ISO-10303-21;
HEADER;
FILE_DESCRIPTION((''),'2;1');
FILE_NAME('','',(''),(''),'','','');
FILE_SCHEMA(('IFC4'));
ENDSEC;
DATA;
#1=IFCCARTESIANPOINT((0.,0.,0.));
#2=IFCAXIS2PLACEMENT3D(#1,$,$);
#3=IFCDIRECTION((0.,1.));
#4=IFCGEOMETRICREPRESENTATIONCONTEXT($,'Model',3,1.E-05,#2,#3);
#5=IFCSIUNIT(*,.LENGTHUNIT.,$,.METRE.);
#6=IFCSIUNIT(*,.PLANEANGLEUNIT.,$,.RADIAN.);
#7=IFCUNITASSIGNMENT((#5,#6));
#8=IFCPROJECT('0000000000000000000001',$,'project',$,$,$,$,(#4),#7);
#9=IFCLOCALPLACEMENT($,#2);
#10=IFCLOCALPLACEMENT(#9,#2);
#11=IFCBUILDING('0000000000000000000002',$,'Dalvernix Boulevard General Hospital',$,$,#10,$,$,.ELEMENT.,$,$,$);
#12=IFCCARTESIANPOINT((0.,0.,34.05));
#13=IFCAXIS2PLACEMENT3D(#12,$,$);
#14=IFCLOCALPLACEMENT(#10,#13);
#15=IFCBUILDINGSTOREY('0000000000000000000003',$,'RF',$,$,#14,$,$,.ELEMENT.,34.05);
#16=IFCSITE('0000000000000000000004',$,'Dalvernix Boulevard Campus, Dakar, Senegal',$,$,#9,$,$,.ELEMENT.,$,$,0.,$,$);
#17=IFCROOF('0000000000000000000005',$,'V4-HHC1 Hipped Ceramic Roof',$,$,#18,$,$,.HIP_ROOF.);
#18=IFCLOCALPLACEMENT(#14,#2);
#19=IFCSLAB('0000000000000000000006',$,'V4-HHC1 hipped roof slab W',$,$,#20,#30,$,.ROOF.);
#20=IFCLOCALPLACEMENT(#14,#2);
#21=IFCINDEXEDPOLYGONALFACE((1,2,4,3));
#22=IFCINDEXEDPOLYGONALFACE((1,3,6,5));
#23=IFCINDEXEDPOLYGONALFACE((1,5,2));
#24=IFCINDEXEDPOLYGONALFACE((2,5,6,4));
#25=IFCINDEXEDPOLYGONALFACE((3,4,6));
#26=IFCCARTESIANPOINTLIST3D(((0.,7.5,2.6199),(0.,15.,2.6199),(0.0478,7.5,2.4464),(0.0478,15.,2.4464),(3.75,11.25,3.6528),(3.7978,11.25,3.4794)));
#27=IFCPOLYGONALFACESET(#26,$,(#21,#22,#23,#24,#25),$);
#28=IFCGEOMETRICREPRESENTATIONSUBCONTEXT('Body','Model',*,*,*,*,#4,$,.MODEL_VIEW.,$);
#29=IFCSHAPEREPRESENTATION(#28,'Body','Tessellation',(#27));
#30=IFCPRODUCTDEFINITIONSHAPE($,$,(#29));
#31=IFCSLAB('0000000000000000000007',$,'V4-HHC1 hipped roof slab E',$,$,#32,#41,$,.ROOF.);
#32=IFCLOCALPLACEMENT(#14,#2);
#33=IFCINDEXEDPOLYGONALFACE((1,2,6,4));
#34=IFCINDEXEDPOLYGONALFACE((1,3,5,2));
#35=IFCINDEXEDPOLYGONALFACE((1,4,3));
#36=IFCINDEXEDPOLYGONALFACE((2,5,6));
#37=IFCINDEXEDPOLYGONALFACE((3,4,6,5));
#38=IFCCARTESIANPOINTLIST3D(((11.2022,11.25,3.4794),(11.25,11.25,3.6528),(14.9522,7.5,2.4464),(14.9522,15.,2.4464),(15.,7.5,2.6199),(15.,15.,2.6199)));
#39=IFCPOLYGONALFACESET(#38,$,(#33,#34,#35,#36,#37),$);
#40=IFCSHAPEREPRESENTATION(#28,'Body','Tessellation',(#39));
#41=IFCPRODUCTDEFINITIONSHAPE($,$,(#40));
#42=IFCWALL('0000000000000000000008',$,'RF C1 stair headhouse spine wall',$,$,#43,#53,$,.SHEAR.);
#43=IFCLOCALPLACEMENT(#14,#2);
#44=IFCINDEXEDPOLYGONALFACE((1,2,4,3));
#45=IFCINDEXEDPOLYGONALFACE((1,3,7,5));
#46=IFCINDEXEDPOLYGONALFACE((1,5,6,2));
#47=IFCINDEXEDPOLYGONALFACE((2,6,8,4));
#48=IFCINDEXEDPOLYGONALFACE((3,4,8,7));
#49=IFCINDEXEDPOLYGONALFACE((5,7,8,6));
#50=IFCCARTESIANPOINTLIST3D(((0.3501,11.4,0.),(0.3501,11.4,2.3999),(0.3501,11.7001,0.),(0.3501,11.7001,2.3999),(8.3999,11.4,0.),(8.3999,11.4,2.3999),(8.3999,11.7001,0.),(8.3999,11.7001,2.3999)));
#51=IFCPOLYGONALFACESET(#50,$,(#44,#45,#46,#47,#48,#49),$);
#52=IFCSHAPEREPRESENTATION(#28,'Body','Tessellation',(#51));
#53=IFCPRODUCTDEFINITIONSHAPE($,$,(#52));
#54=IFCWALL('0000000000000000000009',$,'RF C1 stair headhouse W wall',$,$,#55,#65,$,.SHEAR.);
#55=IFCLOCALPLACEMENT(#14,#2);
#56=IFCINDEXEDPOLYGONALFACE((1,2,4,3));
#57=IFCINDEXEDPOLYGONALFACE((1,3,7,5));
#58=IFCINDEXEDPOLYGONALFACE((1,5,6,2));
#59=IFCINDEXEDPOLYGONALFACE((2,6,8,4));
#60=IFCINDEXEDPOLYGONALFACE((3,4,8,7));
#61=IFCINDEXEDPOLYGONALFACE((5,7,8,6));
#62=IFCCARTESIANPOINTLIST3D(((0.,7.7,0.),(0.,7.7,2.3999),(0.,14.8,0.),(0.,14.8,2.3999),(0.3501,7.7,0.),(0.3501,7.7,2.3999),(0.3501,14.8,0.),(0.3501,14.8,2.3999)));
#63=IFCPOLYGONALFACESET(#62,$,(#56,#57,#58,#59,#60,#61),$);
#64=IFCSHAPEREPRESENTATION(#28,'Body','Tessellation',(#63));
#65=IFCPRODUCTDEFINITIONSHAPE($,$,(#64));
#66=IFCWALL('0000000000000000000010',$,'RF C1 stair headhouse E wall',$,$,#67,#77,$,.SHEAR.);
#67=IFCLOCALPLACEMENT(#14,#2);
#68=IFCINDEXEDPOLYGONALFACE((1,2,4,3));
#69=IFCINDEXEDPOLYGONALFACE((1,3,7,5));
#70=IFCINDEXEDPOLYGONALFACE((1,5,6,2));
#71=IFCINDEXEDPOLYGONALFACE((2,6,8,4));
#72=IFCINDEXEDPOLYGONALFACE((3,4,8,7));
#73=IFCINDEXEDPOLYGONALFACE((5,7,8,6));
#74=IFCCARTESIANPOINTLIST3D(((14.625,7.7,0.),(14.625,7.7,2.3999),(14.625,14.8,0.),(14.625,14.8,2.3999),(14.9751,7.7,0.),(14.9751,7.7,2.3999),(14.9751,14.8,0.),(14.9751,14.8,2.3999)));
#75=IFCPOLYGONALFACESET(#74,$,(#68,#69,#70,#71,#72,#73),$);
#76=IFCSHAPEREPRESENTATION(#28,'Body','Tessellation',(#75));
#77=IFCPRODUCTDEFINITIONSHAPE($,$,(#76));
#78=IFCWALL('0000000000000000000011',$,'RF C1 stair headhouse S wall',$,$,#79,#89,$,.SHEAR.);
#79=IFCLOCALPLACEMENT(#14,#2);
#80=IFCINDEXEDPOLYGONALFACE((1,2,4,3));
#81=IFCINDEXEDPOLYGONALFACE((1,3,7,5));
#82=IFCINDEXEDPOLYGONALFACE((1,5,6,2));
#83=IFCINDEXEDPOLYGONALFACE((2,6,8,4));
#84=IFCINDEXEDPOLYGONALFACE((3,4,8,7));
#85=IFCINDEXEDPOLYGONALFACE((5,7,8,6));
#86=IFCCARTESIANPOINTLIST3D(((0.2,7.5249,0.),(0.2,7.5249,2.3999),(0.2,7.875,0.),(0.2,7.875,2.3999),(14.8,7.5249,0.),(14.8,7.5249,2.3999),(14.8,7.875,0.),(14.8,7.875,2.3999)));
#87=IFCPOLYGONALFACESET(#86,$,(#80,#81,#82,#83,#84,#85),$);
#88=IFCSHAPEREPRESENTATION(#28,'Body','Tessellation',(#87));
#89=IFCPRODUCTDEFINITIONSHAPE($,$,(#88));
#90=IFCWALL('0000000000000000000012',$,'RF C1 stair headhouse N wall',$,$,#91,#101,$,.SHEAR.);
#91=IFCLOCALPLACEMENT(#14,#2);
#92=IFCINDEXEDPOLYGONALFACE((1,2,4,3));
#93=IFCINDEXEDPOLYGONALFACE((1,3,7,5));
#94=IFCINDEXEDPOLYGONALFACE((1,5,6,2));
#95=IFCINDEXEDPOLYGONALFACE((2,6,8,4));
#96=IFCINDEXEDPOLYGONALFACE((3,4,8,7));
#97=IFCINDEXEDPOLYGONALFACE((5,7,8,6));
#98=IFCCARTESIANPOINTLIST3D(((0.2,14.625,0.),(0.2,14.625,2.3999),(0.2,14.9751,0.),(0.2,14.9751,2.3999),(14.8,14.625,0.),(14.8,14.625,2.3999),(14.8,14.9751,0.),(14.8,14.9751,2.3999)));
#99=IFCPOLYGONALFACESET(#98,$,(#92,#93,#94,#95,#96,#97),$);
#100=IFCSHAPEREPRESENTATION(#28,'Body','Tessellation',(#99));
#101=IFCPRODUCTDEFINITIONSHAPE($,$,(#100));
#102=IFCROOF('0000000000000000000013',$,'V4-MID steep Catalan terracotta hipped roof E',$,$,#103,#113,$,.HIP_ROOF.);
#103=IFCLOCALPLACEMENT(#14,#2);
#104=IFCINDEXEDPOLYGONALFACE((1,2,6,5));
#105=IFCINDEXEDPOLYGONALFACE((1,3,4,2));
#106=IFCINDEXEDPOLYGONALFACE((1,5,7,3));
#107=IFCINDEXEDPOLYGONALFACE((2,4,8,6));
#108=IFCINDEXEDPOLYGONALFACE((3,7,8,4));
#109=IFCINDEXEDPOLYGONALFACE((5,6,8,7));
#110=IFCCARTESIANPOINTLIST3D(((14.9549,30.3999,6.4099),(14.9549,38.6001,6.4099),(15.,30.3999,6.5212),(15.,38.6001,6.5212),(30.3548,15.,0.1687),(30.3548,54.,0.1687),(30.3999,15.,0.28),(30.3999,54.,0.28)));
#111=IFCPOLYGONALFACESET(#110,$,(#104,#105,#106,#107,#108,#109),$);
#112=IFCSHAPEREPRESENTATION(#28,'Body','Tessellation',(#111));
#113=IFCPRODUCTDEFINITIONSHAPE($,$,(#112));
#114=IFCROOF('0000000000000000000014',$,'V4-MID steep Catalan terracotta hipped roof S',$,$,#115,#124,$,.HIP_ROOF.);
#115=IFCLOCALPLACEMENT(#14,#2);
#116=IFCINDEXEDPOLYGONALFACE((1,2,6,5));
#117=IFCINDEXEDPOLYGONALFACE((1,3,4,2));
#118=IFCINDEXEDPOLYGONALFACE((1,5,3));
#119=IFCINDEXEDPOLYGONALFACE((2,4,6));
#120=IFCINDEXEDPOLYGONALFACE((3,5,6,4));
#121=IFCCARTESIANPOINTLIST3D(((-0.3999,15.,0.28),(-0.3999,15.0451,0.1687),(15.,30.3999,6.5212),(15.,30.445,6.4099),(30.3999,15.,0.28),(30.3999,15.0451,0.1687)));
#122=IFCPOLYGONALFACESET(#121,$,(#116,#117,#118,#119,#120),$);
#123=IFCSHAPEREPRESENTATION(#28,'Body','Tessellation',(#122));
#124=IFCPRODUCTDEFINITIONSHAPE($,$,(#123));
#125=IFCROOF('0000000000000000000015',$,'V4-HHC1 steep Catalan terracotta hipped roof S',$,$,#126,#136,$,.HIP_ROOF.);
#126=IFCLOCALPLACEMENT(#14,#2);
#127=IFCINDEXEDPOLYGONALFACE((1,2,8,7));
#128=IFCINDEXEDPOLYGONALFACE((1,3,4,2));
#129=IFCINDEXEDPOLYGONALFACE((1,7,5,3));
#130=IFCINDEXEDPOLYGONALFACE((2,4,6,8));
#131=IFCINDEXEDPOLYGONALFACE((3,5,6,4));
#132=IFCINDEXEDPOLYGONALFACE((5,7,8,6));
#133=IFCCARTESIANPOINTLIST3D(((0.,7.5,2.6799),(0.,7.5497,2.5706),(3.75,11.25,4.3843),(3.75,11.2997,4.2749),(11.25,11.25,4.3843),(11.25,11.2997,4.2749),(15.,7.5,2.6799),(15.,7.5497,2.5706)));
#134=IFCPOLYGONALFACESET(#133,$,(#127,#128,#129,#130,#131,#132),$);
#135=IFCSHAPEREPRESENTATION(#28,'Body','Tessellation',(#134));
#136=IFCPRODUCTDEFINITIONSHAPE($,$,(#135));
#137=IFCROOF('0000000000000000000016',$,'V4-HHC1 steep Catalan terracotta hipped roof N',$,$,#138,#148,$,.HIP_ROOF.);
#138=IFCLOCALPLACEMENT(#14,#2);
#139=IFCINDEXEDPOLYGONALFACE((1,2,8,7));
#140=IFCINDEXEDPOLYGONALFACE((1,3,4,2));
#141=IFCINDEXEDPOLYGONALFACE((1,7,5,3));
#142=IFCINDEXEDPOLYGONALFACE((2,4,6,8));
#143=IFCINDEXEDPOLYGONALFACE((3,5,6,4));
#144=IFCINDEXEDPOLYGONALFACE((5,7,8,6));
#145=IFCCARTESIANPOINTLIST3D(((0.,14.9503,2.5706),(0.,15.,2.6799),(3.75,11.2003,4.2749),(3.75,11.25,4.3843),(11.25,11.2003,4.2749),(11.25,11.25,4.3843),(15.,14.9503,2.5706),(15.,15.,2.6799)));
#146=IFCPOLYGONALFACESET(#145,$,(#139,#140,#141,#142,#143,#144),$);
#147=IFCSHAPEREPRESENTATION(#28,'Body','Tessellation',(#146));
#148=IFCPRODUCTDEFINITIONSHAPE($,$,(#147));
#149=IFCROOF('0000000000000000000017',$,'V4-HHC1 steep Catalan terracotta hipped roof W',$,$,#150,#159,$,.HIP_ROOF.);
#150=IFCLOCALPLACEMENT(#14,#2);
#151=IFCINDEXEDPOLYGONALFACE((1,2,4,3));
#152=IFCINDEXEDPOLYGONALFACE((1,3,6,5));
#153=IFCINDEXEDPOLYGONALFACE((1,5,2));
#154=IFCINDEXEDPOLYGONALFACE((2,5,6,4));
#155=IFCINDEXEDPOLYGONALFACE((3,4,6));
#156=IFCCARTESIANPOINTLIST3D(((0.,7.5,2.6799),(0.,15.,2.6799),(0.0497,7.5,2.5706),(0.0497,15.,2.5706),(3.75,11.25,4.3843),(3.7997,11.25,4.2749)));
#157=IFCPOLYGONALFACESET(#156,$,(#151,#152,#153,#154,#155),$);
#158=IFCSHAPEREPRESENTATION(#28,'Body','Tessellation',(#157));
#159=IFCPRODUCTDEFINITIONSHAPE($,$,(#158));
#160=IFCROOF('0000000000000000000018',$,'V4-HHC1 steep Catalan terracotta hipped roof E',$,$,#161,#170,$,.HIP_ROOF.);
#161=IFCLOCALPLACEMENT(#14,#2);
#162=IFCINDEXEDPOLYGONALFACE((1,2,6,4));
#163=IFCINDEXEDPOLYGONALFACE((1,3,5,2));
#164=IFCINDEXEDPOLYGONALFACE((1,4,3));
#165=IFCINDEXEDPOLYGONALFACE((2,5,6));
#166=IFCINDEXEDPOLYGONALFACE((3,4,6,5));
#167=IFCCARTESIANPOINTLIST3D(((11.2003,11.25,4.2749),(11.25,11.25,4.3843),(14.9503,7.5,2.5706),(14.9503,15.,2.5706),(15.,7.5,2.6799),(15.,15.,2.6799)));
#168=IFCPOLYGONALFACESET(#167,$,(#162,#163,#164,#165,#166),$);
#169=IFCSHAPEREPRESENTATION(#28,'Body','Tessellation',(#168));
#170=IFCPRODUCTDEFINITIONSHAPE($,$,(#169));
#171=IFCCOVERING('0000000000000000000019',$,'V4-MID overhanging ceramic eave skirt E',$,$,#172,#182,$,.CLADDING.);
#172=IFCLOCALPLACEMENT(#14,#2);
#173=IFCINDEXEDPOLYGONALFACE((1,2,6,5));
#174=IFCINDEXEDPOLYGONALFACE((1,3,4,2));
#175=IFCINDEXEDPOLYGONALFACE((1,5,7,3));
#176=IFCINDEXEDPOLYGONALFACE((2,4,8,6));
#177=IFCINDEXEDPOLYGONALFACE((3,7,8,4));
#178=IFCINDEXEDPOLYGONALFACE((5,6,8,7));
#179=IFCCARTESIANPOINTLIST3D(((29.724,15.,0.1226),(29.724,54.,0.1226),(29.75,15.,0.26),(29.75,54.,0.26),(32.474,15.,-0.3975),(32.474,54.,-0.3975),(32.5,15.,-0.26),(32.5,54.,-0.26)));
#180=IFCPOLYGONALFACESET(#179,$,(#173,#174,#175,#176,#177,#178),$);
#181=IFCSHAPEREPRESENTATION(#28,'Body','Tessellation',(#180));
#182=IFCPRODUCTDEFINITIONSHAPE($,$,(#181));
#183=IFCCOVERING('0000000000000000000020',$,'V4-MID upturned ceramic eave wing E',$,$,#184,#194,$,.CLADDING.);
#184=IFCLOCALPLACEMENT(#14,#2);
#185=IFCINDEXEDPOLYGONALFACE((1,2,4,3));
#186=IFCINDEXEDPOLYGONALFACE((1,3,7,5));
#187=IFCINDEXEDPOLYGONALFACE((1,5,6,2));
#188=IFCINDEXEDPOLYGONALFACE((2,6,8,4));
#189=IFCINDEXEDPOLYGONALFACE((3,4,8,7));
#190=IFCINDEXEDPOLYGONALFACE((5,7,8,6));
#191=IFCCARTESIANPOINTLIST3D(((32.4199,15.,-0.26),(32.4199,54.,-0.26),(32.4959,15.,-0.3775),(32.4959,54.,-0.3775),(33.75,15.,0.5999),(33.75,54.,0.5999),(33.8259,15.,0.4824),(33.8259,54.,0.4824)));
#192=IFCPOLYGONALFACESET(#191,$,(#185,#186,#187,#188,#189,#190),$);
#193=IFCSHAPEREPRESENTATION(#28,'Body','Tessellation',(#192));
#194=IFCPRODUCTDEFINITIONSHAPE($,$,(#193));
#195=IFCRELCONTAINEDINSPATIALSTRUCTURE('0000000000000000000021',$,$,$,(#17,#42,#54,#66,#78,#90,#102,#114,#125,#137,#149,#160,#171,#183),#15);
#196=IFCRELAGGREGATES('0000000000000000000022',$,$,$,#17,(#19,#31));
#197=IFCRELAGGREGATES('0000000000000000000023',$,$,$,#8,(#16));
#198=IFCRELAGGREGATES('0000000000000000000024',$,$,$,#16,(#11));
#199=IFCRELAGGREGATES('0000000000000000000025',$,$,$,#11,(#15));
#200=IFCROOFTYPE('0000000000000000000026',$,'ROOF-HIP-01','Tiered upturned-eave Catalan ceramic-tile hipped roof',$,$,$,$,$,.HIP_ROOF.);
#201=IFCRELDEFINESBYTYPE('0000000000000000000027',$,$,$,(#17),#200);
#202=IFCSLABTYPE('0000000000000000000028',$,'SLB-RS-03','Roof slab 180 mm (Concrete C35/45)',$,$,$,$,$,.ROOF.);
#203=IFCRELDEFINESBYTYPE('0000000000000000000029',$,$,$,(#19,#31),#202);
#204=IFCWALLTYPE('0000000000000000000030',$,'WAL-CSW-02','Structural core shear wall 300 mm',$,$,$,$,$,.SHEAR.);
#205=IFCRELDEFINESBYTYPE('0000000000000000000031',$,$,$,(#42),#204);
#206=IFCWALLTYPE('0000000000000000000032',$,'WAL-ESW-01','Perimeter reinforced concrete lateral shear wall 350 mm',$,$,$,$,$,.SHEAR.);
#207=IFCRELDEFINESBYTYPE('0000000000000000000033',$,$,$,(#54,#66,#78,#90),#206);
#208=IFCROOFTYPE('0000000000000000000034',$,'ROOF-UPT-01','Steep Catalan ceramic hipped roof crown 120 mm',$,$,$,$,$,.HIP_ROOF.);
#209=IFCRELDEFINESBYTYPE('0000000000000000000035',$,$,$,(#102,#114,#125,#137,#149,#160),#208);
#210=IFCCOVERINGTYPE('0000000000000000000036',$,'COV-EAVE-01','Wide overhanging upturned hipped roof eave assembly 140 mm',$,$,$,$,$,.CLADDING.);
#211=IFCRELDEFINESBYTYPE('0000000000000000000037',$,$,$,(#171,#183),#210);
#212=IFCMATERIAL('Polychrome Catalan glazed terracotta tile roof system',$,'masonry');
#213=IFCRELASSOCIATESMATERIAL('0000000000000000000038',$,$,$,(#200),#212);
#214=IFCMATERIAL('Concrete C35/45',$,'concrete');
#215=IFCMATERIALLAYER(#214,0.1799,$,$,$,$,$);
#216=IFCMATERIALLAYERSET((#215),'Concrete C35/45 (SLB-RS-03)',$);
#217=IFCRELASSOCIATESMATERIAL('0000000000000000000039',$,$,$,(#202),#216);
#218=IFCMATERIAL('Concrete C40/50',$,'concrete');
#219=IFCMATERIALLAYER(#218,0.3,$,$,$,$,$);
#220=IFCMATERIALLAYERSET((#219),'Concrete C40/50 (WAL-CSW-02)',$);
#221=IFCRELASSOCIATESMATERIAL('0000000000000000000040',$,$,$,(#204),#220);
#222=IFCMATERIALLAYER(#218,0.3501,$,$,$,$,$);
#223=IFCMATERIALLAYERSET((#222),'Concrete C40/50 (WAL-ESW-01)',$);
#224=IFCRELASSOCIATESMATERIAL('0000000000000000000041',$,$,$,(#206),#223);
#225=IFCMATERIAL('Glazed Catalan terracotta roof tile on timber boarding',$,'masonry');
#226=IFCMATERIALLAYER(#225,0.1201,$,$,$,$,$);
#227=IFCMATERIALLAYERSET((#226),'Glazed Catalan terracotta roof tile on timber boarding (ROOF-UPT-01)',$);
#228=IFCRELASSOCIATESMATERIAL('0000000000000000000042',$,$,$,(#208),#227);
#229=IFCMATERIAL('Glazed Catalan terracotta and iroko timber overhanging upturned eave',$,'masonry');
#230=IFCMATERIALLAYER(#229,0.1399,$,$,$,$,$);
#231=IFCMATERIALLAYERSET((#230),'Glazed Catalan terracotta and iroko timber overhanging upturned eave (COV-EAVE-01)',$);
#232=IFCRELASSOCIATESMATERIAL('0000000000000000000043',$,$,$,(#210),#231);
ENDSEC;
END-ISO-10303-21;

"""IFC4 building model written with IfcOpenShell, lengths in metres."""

from ifc_helpers import new_model, si_unit, direction, frame, frame_2d, origin, place, context, subcontext, project, spatial, polyline, rectangle, outline, extrude, material, layer, layer_set, type_object, element, aggregate, save


model = new_model("IFC4")

# Units and contexts
model_context = context("Model", 3, precision=1e-05, world=origin(), true_north=direction((0.0, 1.0)))
body_context = subcontext(model_context, "Body", "Model", "MODEL_VIEW")
ifc_project = project(units=[si_unit("LENGTHUNIT", "METRE"), si_unit("PLANEANGLEUNIT", "RADIAN")], contexts=[model_context])

# Site, building, storey
site_placement = place(None, origin())
site = spatial("IfcSite", under=ifc_project, at=site_placement, Name="Dalvernix Boulevard Campus, Dakar, Senegal", CompositionType="ELEMENT", RefElevation=0.0)
building_placement = place(site_placement, origin())
building = spatial("IfcBuilding", under=site, at=building_placement, Name="Dalvernix Boulevard General Hospital", CompositionType="ELEMENT")
storey_placement = place(building_placement, frame((0.0, 0.0, 34.05)))
storey = spatial("IfcBuildingStorey", under=building, at=storey_placement, Name="RF", CompositionType="ELEMENT", Elevation=34.05)

# Shared definitions
ifc_material_1 = material(Name="Concrete C35/45", Category="concrete")

# Roof, slabs
ifc_material_2 = material(Name="Polychrome Catalan glazed terracotta tile roof system", Category="masonry")
roof_type_1 = type_object("IfcRoofType", Name="ROOF-HIP-01", Description="Tiered upturned-eave Catalan ceramic-tile hipped roof", PredefinedType="HIP_ROOF", material=ifc_material_2)
ifc_layer_1 = layer(ifc_material_1, 0.1799)
ifc_layer_set_1 = layer_set([ifc_layer_1], Name="Concrete C35/45 (SLB-RS-03)")
slab_type_1 = type_object("IfcSlabType", Name="SLB-RS-03", Description="Roof slab 180 mm (Concrete C35/45)", PredefinedType="ROOF", material=ifc_layer_set_1)
roof_1_placement = place(storey_placement, origin())
roof_1 = element("IfcRoof", 1, at=roof_1_placement, inside=storey, type_object=roof_type_1, Name="V4-HHC1 Hipped Ceramic Roof", PredefinedType="HIP_ROOF")
slab_1_placement = place(storey_placement, frame((0.0, 15.0, 2.6199), z_axis=(-0.265565, 0.0, 0.964093), x_axis=(0.0, -1.0, 0.0)))
slab_1 = element("IfcSlab", 2, at=slab_1_placement, type_object=slab_type_1, Name="V4-HHC1 hipped roof slab W", PredefinedType="ROOF", context=body_context, shape_type="SweptSolid", body=[
    extrude(outline(polyline([(0.0, 0.0), (7.5, 0.0), (3.75, 3.8897), (0.0, 0.0)])), origin(), (0.0, 0.0, -1.0), 0.1799),
])
slab_2_placement = place(storey_placement, frame((15.0, 7.5, 2.6199), z_axis=(0.265565, 0.0, 0.964093), x_axis=(0.0, 1.0, 0.0)))
slab_2 = element("IfcSlab", 3, at=slab_2_placement, type_object=slab_type_1, Name="V4-HHC1 hipped roof slab E", PredefinedType="ROOF", context=body_context, shape_type="SweptSolid", body=[
    extrude(outline(polyline([(0.0, 0.0), (7.5, 0.0), (3.75, 3.8897), (0.0, 0.0)])), origin(), (0.0, 0.0, -1.0), 0.1799),
])
aggregate(roof_1, [slab_1, slab_2])

# Walls
ifc_material_3 = material(Name="Concrete C40/50", Category="concrete")
ifc_layer_2 = layer(ifc_material_3, 0.3)
ifc_layer_set_2 = layer_set([ifc_layer_2], Name="Concrete C40/50 (WAL-CSW-02)")
wall_type_1 = type_object("IfcWallType", Name="WAL-CSW-02", Description="Structural core shear wall 300 mm", PredefinedType="SHEAR", material=ifc_layer_set_2)
wall_placement = place(storey_placement, frame((0.3501, 11.55, 0.0), z_axis=(0.0, 0.0, 1.0), x_axis=(1.0, 0.0, 0.0)))
element("IfcWall", 4, at=wall_placement, inside=storey, type_object=wall_type_1, Name="RF C1 stair headhouse spine wall", PredefinedType="SHEAR", context=body_context, shape_type="SweptSolid", body=[
    extrude(rectangle(XDim=8.0498, YDim=0.3, at=frame_2d((4.0249, 0.0))), origin(), (0.0, 0.0, 1.0), 2.3999),
])
ifc_layer_3 = layer(ifc_material_3, 0.3501)
ifc_layer_set_3 = layer_set([ifc_layer_3], Name="Concrete C40/50 (WAL-ESW-01)")
wall_type_2 = type_object("IfcWallType", Name="WAL-ESW-01", Description="Perimeter reinforced concrete lateral shear wall 350 mm", PredefinedType="SHEAR", material=ifc_layer_set_3)
for number, where, z_axis, x_axis, name in (
    (5, (0.175, 7.7, 0.0), (0.0, 0.0, 1.0), (0.0, 1.0, 0.0), "RF C1 stair headhouse W wall"),
    (6, (14.8, 7.7, 0.0), (0.0, 0.0, 1.0), (0.0, 1.0, 0.0), "RF C1 stair headhouse E wall"),
):
    element("IfcWall", number, at=place(storey_placement, frame(where, z_axis=z_axis, x_axis=x_axis)), inside=storey, type_object=wall_type_2, Name=name, PredefinedType="SHEAR", context=body_context, shape_type="SweptSolid", body=[
        extrude(rectangle(XDim=7.1001, YDim=0.3501, at=frame_2d((3.55, 0.0))), origin(), (0.0, 0.0, 1.0), 2.3999),
    ])
for number, where, z_axis, x_axis, name in (
    (7, (0.2, 7.7, 0.0), (0.0, 0.0, 1.0), (1.0, 0.0, 0.0), "RF C1 stair headhouse S wall"),
    (8, (0.2, 14.8, 0.0), (0.0, 0.0, 1.0), (1.0, 0.0, 0.0), "RF C1 stair headhouse N wall"),
):
    element("IfcWall", number, at=place(storey_placement, frame(where, z_axis=z_axis, x_axis=x_axis)), inside=storey, type_object=wall_type_2, Name=name, PredefinedType="SHEAR", context=body_context, shape_type="SweptSolid", body=[
        extrude(rectangle(XDim=14.6001, YDim=0.3501, at=frame_2d((7.3, 0.0))), origin(), (0.0, 0.0, 1.0), 2.3999),
    ])

# Roofs
ifc_material_4 = material(Name="Glazed Catalan terracotta roof tile on timber boarding", Category="masonry")
ifc_layer_4 = layer(ifc_material_4, 0.1201)
ifc_layer_set_4 = layer_set([ifc_layer_4], Name="Glazed Catalan terracotta roof tile on timber boarding (ROOF-UPT-01)")
roof_type_2 = type_object("IfcRoofType", Name="ROOF-UPT-01", Description="Steep Catalan ceramic hipped roof crown 120 mm", PredefinedType="HIP_ROOF", material=ifc_layer_set_4)
roof_2_placement = place(storey_placement, frame((30.3999, 15.0, 0.28), z_axis=(0.375602, 0.0, 0.926781), x_axis=(0.0, 1.0, 0.0)))
element("IfcRoof", 9, at=roof_2_placement, inside=storey, type_object=roof_type_2, Name="V4-MID steep Catalan terracotta hipped roof E", PredefinedType="HIP_ROOF", context=body_context, shape_type="SweptSolid", body=[
    extrude(outline(polyline([(0.0, 0.0), (39.0, 0.0), (23.6001, 16.6165), (15.3999, 16.6165), (0.0, 0.0)])), origin(), (0.0, 0.0, -1.0), 0.1201),
])
roof_3_placement = place(storey_placement, frame((-0.3999, 15.0, 0.28), z_axis=(0.0, -0.375602, 0.926781), x_axis=(1.0, 0.0, 0.0)))
element("IfcRoof", 10, at=roof_3_placement, inside=storey, type_object=roof_type_2, Name="V4-MID steep Catalan terracotta hipped roof S", PredefinedType="HIP_ROOF", context=body_context, shape_type="SweptSolid", body=[
    extrude(outline(polyline([(0.0, 0.0), (30.7998, 0.0), (15.3999, 16.6165), (0.0, 0.0)])), origin(), (0.0, 0.0, -1.0), 0.1201),
])
for number, where, z_axis, x_axis, name in (
    (11, (0.0, 7.5, 2.6799), (0.0, -0.413763, 0.910385), (1.0, 0.0, 0.0), "V4-HHC1 steep Catalan terracotta hipped roof S"),
    (12, (15.0, 15.0, 2.6799), (0.0, 0.413763, 0.910385), (-1.0, 0.0, 0.0), "V4-HHC1 steep Catalan terracotta hipped roof N"),
):
    element("IfcRoof", number, at=place(storey_placement, frame(where, z_axis=z_axis, x_axis=x_axis)), inside=storey, type_object=roof_type_2, Name=name, PredefinedType="HIP_ROOF", context=body_context, shape_type="SweptSolid", body=[
        extrude(outline(polyline([(0.0, 0.0), (15.0, 0.0), (11.25, 4.1191), (3.75, 4.1191), (0.0, 0.0)])), origin(), (0.0, 0.0, -1.0), 0.1201),
    ])
for number, where, z_axis, x_axis, name in (
    (13, (0.0, 15.0, 2.6799), (-0.413763, 0.0, 0.910385), (0.0, -1.0, 0.0), "V4-HHC1 steep Catalan terracotta hipped roof W"),
    (14, (15.0, 7.5, 2.6799), (0.413763, 0.0, 0.910385), (0.0, 1.0, 0.0), "V4-HHC1 steep Catalan terracotta hipped roof E"),
):
    element("IfcRoof", number, at=place(storey_placement, frame(where, z_axis=z_axis, x_axis=x_axis)), inside=storey, type_object=roof_type_2, Name=name, PredefinedType="HIP_ROOF", context=body_context, shape_type="SweptSolid", body=[
        extrude(outline(polyline([(0.0, 0.0), (7.5, 0.0), (3.75, 4.1191), (0.0, 0.0)])), origin(), (0.0, 0.0, -1.0), 0.1201),
    ])

# Coverings
ifc_material_5 = material(Name="Glazed Catalan terracotta and iroko timber overhanging upturned eave", Category="masonry")
ifc_layer_5 = layer(ifc_material_5, 0.1399)
ifc_layer_set_5 = layer_set([ifc_layer_5], Name="Glazed Catalan terracotta and iroko timber overhanging upturned eave (COV-EAVE-01)")
covering_type_1 = type_object("IfcCoveringType", Name="COV-EAVE-01", Description="Wide overhanging upturned hipped roof eave assembly 140 mm", PredefinedType="CLADDING", material=ifc_layer_set_5)
covering_1_placement = place(storey_placement, frame((29.75, 15.0, 0.26), z_axis=(0.185805, 0.0, 0.982587), x_axis=(0.0, 1.0, 0.0)))
element("IfcCovering", 15, at=covering_1_placement, inside=storey, type_object=covering_type_1, Name="V4-MID overhanging ceramic eave skirt E", PredefinedType="CLADDING", context=body_context, shape_type="SweptSolid", body=[
    extrude(outline(polyline([(0.0, 0.0), (39.0, 0.0), (39.0, -2.7987), (0.0, -2.7987), (0.0, 0.0)])), origin(), (0.0, 0.0, -1.0), 0.1399),
])
covering_2_placement = place(storey_placement, frame((32.4199, 15.0, -0.26), z_axis=(-0.542906, 0.0, 0.839793), x_axis=(0.0, 1.0, 0.0)))
element("IfcCovering", 16, at=covering_2_placement, inside=storey, type_object=covering_type_1, Name="V4-MID upturned ceramic eave wing E", PredefinedType="CLADDING", context=body_context, shape_type="SweptSolid", body=[
    extrude(outline(polyline([(0.0, 0.0), (39.0, 0.0), (39.0, -1.5838), (0.0, -1.5838), (0.0, 0.0)])), origin(), (0.0, 0.0, -1.0), 0.1399),
])

save(model, "model.ifc")
